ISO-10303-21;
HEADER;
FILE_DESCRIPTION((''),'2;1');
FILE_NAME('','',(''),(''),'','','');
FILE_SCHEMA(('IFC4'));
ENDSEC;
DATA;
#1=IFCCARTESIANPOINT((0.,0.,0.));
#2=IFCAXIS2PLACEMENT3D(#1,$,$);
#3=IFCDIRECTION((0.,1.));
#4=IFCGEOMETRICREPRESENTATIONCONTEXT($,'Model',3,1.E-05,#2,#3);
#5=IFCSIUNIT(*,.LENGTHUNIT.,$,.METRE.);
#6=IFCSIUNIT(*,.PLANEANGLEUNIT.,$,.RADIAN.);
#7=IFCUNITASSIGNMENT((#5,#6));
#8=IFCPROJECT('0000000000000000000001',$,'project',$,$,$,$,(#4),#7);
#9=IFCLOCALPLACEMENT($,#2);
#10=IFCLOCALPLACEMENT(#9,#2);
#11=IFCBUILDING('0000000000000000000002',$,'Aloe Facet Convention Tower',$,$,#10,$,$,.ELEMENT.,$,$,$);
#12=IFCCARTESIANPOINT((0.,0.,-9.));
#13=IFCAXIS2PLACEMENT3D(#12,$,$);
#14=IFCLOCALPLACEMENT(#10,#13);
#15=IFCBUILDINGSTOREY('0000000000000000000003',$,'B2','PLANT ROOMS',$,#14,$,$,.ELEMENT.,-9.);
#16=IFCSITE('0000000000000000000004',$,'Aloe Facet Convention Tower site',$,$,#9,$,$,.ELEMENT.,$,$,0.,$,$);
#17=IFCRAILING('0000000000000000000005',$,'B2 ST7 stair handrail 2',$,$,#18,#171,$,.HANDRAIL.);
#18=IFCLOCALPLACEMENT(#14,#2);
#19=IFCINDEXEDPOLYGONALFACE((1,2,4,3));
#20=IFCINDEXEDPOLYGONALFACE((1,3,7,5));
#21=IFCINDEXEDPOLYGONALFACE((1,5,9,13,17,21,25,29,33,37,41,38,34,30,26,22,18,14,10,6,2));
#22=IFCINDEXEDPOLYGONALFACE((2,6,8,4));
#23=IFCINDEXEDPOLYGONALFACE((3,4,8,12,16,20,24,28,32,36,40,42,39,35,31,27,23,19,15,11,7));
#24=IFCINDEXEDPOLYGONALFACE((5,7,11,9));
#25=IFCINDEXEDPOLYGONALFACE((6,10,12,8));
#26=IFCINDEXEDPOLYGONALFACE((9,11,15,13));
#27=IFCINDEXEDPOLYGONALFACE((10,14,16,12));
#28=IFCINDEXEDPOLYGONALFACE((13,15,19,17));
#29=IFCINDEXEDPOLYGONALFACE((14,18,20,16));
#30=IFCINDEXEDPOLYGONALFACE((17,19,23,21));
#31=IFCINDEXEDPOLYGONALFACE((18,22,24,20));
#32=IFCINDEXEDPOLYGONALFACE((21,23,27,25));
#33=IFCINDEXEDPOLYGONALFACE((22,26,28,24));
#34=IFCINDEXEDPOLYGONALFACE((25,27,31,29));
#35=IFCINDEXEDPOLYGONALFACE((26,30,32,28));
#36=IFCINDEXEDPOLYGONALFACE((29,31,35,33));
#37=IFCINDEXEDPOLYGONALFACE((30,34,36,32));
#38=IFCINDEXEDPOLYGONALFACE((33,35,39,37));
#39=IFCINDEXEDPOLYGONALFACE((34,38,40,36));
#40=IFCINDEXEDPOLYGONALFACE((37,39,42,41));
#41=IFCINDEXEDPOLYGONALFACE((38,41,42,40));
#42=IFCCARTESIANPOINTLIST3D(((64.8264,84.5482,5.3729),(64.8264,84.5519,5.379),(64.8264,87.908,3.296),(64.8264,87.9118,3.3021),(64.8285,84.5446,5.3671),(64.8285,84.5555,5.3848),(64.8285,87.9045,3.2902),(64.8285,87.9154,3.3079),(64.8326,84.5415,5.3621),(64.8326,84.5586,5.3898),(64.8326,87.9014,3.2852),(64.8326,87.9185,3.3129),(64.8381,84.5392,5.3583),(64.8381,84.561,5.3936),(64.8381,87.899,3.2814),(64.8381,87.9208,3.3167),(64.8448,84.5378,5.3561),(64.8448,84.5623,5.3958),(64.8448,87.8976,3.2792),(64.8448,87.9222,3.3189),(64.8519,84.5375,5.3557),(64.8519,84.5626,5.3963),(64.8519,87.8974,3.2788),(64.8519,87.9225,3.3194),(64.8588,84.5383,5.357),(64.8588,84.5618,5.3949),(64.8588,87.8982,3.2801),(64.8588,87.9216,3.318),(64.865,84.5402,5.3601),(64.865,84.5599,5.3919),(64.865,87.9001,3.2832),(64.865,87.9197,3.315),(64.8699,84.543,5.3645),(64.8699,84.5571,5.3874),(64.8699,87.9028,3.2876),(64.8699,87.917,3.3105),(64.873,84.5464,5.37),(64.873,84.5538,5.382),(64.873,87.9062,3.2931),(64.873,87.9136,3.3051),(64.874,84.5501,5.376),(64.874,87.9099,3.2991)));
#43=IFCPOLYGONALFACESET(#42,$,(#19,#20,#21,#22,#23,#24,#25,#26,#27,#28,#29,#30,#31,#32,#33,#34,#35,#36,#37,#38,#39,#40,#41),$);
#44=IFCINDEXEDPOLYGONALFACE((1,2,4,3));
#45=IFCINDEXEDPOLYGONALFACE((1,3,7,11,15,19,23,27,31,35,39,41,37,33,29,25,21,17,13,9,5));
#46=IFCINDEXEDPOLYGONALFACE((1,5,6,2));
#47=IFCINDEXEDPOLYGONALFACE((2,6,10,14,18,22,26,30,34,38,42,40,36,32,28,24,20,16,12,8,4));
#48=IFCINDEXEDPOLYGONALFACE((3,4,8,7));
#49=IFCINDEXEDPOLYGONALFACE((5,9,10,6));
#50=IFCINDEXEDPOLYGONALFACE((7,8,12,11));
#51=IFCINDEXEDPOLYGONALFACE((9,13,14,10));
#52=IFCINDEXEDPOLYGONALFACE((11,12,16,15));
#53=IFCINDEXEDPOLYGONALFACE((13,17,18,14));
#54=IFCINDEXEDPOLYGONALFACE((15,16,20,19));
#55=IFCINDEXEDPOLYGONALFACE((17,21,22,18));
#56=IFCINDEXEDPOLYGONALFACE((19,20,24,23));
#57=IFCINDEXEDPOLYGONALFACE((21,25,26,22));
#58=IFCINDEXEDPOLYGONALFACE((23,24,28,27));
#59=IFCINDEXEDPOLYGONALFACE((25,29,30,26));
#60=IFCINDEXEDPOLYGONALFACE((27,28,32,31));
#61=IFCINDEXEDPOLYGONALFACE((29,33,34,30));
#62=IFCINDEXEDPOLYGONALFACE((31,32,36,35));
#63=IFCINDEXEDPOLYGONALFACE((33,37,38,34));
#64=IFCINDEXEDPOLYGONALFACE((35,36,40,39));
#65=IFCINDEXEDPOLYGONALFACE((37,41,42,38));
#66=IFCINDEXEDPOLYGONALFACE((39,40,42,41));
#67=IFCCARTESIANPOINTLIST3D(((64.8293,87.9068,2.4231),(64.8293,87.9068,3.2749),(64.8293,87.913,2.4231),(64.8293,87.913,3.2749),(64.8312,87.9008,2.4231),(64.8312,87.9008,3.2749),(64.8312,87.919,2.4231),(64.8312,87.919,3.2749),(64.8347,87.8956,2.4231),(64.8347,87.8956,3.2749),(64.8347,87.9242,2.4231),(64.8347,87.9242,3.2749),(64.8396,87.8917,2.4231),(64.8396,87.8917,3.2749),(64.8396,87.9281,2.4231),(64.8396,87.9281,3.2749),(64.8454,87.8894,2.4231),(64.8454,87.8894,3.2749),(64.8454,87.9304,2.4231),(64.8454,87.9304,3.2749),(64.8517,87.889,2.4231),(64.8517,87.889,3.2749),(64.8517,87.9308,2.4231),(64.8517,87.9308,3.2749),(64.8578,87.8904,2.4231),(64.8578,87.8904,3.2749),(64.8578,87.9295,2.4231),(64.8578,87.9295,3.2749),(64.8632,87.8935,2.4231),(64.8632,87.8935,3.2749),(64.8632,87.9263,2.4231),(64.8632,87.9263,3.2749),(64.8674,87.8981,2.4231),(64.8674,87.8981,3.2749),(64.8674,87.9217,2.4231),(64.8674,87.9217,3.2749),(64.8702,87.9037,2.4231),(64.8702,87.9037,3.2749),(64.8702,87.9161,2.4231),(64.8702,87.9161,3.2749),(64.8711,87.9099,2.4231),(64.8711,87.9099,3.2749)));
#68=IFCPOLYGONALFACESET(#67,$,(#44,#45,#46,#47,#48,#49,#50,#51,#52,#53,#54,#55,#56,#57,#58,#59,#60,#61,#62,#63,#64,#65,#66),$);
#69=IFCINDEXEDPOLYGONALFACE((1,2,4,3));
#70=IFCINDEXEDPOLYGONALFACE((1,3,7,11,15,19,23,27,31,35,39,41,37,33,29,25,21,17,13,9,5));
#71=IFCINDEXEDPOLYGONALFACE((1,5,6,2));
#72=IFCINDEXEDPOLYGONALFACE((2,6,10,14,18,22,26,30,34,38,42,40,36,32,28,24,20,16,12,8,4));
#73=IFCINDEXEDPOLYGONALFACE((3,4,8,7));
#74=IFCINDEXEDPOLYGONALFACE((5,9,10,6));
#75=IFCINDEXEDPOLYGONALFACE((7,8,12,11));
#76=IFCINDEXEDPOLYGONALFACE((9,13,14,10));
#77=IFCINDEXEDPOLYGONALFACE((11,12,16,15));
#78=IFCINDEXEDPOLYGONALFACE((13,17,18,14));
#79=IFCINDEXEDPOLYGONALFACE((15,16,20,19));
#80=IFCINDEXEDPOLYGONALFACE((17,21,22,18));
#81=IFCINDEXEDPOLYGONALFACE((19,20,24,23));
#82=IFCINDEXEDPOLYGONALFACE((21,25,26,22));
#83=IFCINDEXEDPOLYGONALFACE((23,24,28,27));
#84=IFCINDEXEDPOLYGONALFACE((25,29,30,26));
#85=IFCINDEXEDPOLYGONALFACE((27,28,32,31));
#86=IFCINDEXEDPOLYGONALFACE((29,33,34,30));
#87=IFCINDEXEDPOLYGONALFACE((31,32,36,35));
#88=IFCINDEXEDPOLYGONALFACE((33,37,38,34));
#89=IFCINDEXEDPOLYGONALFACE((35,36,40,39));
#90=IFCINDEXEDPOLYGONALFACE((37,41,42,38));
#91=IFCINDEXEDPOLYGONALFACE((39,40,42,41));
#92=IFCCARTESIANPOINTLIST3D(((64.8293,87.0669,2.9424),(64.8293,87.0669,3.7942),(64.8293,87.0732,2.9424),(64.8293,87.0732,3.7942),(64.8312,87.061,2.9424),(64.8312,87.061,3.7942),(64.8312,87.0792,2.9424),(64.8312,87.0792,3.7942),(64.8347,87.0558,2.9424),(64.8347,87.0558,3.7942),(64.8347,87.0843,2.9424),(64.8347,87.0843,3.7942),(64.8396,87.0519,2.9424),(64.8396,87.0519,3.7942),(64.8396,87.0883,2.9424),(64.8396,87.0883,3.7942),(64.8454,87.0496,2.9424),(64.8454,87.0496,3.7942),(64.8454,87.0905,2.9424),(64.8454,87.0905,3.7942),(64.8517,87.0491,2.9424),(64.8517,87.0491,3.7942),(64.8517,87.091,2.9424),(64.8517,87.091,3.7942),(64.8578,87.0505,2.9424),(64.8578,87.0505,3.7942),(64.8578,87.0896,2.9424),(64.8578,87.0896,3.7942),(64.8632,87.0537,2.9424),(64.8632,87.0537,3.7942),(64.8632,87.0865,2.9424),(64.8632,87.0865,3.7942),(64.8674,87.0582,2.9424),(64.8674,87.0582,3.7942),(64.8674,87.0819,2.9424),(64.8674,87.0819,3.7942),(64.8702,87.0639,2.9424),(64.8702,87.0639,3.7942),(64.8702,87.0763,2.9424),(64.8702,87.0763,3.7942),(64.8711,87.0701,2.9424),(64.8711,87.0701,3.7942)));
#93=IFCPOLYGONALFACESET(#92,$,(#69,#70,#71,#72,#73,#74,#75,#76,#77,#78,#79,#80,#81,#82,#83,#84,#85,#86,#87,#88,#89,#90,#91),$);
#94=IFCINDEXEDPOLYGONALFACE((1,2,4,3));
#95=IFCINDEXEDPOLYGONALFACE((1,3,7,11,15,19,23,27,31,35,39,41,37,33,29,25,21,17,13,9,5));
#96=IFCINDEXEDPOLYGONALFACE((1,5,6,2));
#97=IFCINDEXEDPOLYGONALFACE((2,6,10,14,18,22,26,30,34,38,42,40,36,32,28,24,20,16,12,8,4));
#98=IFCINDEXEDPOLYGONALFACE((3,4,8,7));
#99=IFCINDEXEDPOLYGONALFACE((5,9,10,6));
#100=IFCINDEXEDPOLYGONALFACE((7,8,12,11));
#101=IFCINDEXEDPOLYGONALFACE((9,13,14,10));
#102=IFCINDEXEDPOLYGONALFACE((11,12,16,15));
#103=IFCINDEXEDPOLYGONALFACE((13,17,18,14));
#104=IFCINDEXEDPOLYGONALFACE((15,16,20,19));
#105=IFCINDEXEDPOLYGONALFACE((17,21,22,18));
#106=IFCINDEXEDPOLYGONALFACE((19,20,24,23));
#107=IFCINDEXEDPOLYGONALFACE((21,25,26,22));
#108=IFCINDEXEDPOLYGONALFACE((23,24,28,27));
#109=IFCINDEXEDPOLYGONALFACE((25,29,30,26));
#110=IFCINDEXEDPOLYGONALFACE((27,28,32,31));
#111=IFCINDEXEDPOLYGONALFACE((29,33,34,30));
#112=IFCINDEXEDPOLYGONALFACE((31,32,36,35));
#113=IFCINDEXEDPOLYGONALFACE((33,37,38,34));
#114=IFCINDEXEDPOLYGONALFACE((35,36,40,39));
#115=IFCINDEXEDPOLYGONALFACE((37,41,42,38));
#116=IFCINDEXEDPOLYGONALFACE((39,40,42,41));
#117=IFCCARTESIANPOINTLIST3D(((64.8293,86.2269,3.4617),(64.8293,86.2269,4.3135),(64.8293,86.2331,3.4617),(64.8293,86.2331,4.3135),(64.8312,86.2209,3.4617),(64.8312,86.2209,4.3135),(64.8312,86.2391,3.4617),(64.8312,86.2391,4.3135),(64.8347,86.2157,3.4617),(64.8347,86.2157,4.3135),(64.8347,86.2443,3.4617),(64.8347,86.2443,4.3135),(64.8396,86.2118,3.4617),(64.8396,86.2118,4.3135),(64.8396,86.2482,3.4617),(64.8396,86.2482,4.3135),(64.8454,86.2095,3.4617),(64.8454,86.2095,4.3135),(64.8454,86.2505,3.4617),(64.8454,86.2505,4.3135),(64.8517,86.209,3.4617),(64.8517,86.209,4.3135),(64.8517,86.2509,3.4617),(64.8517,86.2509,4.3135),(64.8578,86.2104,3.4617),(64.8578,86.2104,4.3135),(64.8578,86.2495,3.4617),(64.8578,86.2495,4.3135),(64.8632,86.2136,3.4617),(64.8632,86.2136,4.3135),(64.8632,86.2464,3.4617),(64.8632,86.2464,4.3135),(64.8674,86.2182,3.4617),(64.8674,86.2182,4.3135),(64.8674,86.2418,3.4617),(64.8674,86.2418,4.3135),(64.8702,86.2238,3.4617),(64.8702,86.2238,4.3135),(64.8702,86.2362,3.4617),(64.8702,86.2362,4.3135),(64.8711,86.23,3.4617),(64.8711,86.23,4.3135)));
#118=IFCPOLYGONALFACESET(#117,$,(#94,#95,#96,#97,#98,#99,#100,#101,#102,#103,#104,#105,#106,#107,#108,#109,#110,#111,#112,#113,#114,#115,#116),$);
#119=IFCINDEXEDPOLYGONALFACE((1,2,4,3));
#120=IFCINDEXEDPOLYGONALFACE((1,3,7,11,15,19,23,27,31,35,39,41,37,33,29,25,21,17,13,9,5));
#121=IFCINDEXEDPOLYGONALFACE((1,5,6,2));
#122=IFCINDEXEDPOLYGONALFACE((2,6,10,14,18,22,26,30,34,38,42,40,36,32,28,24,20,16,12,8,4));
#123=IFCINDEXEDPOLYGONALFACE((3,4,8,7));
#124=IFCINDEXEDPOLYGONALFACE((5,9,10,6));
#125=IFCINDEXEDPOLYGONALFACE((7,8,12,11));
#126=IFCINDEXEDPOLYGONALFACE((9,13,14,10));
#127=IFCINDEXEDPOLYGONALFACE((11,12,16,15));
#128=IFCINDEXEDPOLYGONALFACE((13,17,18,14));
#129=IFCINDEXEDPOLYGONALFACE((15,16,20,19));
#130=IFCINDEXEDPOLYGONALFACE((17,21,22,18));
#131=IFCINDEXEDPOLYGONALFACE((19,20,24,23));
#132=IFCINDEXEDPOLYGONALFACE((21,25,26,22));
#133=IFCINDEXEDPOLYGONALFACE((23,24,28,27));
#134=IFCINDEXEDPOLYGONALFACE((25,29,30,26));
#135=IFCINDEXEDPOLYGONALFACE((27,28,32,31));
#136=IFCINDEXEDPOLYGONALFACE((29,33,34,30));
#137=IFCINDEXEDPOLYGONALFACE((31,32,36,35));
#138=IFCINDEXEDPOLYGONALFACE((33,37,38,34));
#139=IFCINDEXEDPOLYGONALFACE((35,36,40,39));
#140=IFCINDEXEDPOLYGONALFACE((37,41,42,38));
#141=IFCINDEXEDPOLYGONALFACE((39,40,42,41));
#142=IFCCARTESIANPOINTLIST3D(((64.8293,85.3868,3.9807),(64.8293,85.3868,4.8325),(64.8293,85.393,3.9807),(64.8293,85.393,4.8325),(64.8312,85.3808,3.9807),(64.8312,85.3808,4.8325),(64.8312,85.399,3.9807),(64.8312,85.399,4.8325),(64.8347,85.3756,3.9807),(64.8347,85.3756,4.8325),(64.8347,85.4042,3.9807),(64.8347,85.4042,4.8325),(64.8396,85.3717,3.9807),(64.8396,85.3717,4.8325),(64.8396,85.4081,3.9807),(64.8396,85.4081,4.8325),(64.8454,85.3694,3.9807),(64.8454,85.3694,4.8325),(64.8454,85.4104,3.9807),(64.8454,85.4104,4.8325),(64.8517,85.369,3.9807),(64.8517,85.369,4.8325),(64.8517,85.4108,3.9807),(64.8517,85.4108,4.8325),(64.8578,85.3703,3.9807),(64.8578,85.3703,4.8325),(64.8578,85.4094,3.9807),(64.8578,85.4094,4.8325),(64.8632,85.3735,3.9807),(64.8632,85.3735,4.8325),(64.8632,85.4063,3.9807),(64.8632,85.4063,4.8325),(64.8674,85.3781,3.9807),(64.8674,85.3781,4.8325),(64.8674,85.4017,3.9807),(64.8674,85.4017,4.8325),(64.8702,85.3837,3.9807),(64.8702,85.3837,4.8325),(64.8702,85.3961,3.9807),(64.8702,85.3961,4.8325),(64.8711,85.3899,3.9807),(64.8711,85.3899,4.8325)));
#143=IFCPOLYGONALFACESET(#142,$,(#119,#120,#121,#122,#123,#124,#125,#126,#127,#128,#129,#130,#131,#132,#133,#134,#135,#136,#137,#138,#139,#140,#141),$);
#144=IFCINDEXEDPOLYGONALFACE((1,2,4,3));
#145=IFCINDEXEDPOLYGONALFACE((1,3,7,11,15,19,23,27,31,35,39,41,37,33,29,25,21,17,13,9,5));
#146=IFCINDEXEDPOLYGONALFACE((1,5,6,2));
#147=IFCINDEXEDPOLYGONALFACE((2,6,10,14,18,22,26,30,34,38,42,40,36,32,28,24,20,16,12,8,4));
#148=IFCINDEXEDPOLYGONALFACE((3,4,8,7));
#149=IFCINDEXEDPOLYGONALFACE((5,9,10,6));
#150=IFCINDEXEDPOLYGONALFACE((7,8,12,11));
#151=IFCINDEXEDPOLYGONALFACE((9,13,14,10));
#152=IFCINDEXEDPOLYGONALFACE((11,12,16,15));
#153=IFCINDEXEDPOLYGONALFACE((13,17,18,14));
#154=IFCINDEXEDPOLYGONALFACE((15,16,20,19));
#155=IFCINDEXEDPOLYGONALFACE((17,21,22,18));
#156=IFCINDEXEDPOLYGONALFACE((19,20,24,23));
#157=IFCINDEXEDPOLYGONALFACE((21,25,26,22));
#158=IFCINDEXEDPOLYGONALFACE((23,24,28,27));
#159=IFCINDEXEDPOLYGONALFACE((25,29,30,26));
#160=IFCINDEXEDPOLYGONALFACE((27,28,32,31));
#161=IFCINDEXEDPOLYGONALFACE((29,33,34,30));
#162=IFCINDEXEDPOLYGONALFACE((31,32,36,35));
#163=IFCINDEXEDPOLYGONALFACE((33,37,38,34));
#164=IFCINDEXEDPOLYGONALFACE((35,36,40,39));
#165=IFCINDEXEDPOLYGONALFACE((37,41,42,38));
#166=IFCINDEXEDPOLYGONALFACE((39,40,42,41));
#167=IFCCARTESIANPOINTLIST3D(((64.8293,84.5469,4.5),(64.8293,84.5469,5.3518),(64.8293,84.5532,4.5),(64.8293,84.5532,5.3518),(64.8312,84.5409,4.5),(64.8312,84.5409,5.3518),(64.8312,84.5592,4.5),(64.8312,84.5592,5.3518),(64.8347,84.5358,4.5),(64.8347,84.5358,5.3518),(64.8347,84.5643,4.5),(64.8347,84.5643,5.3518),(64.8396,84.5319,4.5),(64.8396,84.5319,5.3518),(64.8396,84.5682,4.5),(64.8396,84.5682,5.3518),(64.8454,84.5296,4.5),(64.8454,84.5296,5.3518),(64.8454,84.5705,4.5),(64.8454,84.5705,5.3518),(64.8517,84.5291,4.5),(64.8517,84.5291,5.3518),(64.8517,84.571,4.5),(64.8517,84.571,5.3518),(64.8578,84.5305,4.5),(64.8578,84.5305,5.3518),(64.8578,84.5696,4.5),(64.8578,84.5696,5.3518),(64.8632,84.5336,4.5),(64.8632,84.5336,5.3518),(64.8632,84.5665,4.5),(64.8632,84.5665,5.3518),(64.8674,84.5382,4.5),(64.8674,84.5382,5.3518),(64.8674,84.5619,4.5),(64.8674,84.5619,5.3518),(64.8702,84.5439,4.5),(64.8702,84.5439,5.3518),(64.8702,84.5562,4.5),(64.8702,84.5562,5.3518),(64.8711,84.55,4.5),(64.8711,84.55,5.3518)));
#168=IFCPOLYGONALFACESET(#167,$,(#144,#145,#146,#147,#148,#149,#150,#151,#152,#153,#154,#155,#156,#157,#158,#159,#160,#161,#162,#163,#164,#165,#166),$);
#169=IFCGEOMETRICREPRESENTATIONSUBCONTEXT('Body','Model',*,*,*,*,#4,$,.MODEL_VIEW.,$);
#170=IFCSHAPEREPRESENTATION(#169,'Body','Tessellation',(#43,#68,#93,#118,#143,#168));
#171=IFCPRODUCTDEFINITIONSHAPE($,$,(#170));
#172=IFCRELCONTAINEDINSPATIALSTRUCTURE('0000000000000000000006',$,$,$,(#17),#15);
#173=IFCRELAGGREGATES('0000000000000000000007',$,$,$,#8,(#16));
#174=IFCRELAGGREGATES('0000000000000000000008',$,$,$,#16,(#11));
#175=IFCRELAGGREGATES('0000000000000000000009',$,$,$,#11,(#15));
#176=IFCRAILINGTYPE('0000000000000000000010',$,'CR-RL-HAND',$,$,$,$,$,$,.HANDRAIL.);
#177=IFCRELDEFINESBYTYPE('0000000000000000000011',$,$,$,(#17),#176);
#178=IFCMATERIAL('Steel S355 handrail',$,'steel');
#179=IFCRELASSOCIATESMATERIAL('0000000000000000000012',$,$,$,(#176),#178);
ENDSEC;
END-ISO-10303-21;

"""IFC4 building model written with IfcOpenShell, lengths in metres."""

from ifc_helpers import new_model, si_unit, direction, frame, origin, origin_2d, place, context, subcontext, project, spatial, circle, extrude, material, type_object, element, save


model = new_model("IFC4")

# Units and contexts
model_context = context("Model", 3, precision=1e-05, world=origin(), true_north=direction((0.0, 1.0)))
body_context = subcontext(model_context, "Body", "Model", "MODEL_VIEW")
ifc_project = project(units=[si_unit("LENGTHUNIT", "METRE"), si_unit("PLANEANGLEUNIT", "RADIAN")], contexts=[model_context])

# Site, building, storey
site_placement = place(None, origin())
site = spatial("IfcSite", under=ifc_project, at=site_placement, Name="Aloe Facet Convention Tower site", CompositionType="ELEMENT", RefElevation=0.0)
building_placement = place(site_placement, origin())
building = spatial("IfcBuilding", under=site, at=building_placement, Name="Aloe Facet Convention Tower", CompositionType="ELEMENT")
storey_placement = place(building_placement, frame((0.0, 0.0, -9.0)))
storey = spatial("IfcBuildingStorey", under=building, at=storey_placement, Name="B2", Description="PLANT ROOMS", CompositionType="ELEMENT", Elevation=-9.0)

# Railing
ifc_material_1 = material(Name="Steel S355 handrail", Category="steel")
railing_type_1 = type_object("IfcRailingType", Name="CR-RL-HAND", PredefinedType="HANDRAIL", material=ifc_material_1)
railing_1_placement = place(storey_placement, frame((64.8501, 87.9099, 2.4231)))
element("IfcRailing", 1, at=railing_1_placement, inside=storey, type_object=railing_type_1, Name="B2 ST7 stair handrail 2", PredefinedType="HANDRAIL", context=body_context, shape_type="SweptSolid", body=[
    extrude(circle(Radius=0.0239, at=origin_2d()), frame((0.0, 0.0, 0.876), z_axis=(0.0, -0.850606, 0.525803), x_axis=(1.0, 0.0, 0.0)), (0.0, 0.0, 1.0), 3.95),
    extrude(circle(Radius=0.021, at=origin_2d()), origin(), (0.0, 0.0, 1.0), 0.8518),
    extrude(circle(Radius=0.021, at=origin_2d()), frame((0.0, -0.8398, 0.5193)), (0.0, 0.0, 1.0), 0.8518),
    extrude(circle(Radius=0.021, at=origin_2d()), frame((0.0, -1.6799, 1.0386)), (0.0, 0.0, 1.0), 0.8518),
    extrude(circle(Radius=0.021, at=origin_2d()), frame((0.0, -2.52, 1.5576)), (0.0, 0.0, 1.0), 0.8518),
    extrude(circle(Radius=0.021, at=origin_2d()), frame((0.0, -3.3599, 2.0769)), (0.0, 0.0, 1.0), 0.8518),
])

save(model, "model.ifc")
